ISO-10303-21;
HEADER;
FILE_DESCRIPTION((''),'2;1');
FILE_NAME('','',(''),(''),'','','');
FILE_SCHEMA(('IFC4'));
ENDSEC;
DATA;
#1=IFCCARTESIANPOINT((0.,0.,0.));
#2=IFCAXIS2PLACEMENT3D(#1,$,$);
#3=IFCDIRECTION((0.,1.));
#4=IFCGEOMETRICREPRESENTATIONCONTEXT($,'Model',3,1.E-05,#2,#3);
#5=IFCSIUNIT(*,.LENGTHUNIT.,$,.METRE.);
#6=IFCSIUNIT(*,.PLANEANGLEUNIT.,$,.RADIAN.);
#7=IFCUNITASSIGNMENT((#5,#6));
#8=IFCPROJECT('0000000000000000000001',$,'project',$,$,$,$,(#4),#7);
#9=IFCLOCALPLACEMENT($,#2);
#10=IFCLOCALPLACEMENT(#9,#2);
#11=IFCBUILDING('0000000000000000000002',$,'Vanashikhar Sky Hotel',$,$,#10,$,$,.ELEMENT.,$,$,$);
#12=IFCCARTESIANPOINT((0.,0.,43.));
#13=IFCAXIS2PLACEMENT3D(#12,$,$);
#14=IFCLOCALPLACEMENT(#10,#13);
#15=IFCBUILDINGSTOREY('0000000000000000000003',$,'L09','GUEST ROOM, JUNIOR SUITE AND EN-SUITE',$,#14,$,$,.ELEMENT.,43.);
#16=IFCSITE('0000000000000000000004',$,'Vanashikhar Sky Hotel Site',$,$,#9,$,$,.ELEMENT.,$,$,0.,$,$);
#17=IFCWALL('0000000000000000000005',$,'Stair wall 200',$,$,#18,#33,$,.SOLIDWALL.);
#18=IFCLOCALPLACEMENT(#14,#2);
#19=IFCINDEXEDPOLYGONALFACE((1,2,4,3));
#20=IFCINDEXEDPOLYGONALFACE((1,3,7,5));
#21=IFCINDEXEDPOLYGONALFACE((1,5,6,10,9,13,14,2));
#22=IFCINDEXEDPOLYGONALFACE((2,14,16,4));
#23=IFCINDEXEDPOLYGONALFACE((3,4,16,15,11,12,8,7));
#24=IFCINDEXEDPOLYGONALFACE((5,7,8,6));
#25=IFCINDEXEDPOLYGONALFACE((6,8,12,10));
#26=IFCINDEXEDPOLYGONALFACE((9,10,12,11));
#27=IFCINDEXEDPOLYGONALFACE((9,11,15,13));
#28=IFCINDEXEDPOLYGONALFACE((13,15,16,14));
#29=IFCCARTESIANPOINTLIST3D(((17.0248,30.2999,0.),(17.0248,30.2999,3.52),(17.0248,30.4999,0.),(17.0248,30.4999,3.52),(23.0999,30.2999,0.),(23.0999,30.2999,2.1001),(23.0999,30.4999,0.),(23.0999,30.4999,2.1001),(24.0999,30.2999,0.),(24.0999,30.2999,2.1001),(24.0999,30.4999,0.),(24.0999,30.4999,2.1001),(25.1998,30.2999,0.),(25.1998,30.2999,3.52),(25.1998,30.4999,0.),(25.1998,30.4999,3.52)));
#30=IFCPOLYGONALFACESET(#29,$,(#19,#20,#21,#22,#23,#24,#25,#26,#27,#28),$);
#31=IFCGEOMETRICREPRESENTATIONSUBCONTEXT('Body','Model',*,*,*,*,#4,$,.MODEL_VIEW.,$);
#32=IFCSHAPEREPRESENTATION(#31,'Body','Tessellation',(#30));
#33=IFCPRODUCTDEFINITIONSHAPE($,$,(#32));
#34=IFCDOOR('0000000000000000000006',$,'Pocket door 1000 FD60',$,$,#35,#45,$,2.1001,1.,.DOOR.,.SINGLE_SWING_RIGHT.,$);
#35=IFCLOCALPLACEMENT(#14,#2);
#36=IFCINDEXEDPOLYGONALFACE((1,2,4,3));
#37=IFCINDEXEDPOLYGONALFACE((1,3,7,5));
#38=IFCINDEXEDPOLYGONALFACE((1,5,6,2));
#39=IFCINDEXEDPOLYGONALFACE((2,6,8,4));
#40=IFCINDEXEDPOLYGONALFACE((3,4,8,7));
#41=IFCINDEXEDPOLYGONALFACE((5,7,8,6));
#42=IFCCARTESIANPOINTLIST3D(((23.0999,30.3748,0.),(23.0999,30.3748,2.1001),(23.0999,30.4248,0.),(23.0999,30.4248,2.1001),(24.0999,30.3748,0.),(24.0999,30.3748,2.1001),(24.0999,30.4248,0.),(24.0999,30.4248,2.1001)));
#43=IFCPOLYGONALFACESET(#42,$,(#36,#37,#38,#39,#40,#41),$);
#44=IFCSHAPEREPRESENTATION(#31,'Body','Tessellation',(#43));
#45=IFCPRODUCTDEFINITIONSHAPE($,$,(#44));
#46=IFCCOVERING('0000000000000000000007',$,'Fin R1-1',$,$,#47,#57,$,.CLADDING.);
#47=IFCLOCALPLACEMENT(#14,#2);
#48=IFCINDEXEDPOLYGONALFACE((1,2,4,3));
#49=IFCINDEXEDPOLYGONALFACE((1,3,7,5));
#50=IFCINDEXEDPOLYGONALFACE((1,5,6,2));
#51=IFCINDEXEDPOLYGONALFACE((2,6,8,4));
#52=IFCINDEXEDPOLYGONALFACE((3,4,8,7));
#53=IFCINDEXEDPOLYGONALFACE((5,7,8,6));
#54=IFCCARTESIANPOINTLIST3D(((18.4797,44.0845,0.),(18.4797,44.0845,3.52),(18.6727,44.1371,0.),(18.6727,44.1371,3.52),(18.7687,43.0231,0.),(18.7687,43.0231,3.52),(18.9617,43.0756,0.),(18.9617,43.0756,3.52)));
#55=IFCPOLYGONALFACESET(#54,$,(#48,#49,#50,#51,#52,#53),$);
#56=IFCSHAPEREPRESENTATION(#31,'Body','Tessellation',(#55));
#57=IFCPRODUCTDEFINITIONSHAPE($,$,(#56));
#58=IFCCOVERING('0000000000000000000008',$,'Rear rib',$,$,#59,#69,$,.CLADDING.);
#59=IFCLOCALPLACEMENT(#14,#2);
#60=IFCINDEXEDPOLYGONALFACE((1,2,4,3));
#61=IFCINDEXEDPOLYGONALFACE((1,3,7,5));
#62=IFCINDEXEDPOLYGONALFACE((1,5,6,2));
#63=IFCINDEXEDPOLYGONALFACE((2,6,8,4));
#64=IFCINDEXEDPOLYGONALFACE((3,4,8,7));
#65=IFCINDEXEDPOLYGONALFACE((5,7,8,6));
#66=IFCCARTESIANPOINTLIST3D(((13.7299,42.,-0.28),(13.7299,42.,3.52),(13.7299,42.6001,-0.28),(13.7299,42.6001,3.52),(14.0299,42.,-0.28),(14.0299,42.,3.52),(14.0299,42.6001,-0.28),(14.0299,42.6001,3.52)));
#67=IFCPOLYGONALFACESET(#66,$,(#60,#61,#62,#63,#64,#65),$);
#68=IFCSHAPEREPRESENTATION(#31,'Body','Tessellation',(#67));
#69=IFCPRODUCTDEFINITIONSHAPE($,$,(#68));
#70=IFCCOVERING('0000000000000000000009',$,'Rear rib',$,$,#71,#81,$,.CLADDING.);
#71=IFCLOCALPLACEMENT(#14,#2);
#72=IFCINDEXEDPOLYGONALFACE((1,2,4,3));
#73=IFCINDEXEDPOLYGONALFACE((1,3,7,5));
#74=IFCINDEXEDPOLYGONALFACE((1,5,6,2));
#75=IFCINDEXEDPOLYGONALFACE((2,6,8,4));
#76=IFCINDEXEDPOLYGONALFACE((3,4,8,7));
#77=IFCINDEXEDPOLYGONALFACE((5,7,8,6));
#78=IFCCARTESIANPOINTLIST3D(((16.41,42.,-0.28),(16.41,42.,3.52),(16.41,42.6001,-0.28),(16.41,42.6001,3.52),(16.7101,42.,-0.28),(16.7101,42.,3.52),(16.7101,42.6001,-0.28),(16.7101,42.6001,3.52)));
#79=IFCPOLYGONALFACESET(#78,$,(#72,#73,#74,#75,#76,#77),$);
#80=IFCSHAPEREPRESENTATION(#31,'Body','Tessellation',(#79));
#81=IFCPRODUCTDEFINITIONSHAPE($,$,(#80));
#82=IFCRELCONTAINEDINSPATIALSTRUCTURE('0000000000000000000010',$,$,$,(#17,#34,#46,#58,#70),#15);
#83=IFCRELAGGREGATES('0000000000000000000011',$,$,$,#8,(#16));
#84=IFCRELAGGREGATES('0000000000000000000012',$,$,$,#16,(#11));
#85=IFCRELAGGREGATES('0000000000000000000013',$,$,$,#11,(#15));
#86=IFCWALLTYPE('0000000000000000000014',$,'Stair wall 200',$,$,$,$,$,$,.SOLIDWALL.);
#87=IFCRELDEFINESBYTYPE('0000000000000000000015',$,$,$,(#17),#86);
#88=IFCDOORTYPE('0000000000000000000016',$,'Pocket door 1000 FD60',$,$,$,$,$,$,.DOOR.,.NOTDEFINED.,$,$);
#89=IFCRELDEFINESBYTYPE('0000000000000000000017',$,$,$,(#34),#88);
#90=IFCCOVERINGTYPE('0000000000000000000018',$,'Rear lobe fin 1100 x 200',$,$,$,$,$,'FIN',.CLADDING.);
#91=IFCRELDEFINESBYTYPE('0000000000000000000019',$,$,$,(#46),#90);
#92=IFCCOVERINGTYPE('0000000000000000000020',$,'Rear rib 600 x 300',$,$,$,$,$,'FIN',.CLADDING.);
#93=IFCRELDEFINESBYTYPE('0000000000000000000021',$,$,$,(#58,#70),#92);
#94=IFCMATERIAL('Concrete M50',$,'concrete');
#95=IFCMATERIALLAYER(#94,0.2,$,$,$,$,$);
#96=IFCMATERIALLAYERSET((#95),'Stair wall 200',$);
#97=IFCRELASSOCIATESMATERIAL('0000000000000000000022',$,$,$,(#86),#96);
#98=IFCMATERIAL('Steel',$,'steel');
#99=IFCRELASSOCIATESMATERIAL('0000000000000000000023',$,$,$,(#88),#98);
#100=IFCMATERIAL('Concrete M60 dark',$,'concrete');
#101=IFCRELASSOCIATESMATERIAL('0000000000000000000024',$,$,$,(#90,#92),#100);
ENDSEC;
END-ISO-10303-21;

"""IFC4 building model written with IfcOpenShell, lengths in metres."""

from ifc_helpers import new_model, si_unit, direction, frame, frame_2d, origin, origin_2d, place, context, subcontext, project, spatial, rectangle, extrude, source, transform, mapped, material, layer, layer_set, material_profile, profile_set, type_object, element, fill, save


model = new_model("IFC4")

# Units and contexts
model_context = context("Model", 3, precision=1e-05, world=origin(), true_north=direction((0.0, 1.0)))
body_context = subcontext(model_context, "Body", "Model", "MODEL_VIEW")
ifc_project = project(units=[si_unit("LENGTHUNIT", "METRE"), si_unit("PLANEANGLEUNIT", "RADIAN")], contexts=[model_context])

# Site, building, storey
site_placement = place(None, origin())
site = spatial("IfcSite", under=ifc_project, at=site_placement, Name="Vanashikhar Sky Hotel Site", CompositionType="ELEMENT", RefElevation=0.0)
building_placement = place(site_placement, origin())
building = spatial("IfcBuilding", under=site, at=building_placement, Name="Vanashikhar Sky Hotel", CompositionType="ELEMENT")
storey_placement = place(building_placement, frame((0.0, 0.0, 43.0)))
storey = spatial("IfcBuildingStorey", under=building, at=storey_placement, Name="L09", Description="GUEST ROOM, JUNIOR SUITE AND EN-SUITE", CompositionType="ELEMENT", Elevation=43.0)

# Shared definitions
ifc_material_1 = material(Name="Concrete M50", Category="concrete")

# Wall, opening, door
ifc_layer_1 = layer(ifc_material_1, 0.2)
ifc_layer_set_1 = layer_set([ifc_layer_1], Name="Stair wall 200")
wall_type_1 = type_object("IfcWallType", Name="Stair wall 200", PredefinedType="SOLIDWALL", material=ifc_layer_set_1)
shared_shape_1 = source(origin(), body_context, "Body", "SweptSolid", [
    extrude(rectangle(XDim=8.175, YDim=0.2, at=frame_2d((4.0874, 0.0))), origin(), (0.0, 0.0, 1.0), 3.52),
])
wall_1_placement = place(storey_placement, frame((17.0249, 30.3999, 0.0), z_axis=(0.0, 0.0, 1.0), x_axis=(1.0, 0.0, 0.0)))
wall_1 = element("IfcWall", 1, at=wall_1_placement, inside=storey, type_object=wall_type_1, Name="Stair wall 200", PredefinedType="SOLIDWALL", context=body_context, shape_type="MappedRepresentation", body=[
    mapped(shared_shape_1, transform((0.0, 0.0, 0.0), scale=1.0)),
])
shared_shape_2 = source(origin(), body_context, "Body", "SweptSolid", [
    extrude(rectangle(XDim=1.0, YDim=2.1001, at=frame_2d((0.5, 1.05))), frame((0.0, 0.1099, 0.0), z_axis=(0.0, -1.0, 0.0), x_axis=(1.0, 0.0, 0.0)), (0.0, 0.0, 1.0), 0.22),
])
opening_1_placement = place(wall_1_placement, frame((6.075, 0.0, 0.0)))
opening_1 = element("IfcOpeningElement", 2, at=opening_1_placement, cuts=wall_1, PredefinedType="OPENING", context=body_context, shape_type="MappedRepresentation", body=[
    mapped(shared_shape_2, transform((0.0, 0.0, 0.0), scale=1.0)),
])
ifc_material_2 = material(Name="Steel", Category="steel")
door_type = type_object("IfcDoorType", Name="Pocket door 1000 FD60", OperationType="NOTDEFINED", PredefinedType="DOOR", material=ifc_material_2)
shared_shape_3 = source(origin(), body_context, "Body", "SweptSolid", [
    extrude(rectangle(XDim=1.0, YDim=2.1001, at=frame_2d((0.5, 1.05))), frame((0.0, 0.0249, 0.0), z_axis=(0.0, -1.0, 0.0), x_axis=(1.0, 0.0, 0.0)), (0.0, 0.0, 1.0), 0.05),
])
door_placement = place(opening_1_placement, origin())
door = element("IfcDoor", 3, at=door_placement, inside=storey, type_object=door_type, Name="Pocket door 1000 FD60", OperationType="SINGLE_SWING_RIGHT", OverallHeight=2.1001, OverallWidth=1.0, PredefinedType="DOOR", context=body_context, shape_type="MappedRepresentation", body=[
    mapped(shared_shape_3, transform((0.0, 0.0, 0.0), scale=1.0)),
])
fill(opening_1, door)

# Coverings
ifc_material_3 = material(Name="Concrete M60 dark", Category="concrete")
ifc_material_profile_1 = material_profile(ifc_material_3, rectangle(XDim=1.1001, YDim=0.2, at=origin_2d()))
ifc_profile_set_1 = profile_set([ifc_material_profile_1], Name="Rear lobe fin 1100 x 200")
covering_type_1 = type_object("IfcCoveringType", Name="Rear lobe fin 1100 x 200", ElementType="FIN", PredefinedType="CLADDING", material=ifc_profile_set_1)
shared_shape_4 = source(origin(), body_context, "Body", "SweptSolid", [
    extrude(rectangle(XDim=1.1001, YDim=0.2, at=origin_2d()), origin(), (0.0, 0.0, 1.0), 3.52),
])
covering_placement = place(storey_placement, frame((18.7207, 43.5801, 0.0), z_axis=(0.0, 0.0, 1.0), x_axis=(-0.262711, 0.964874, 0.0)))
element("IfcCovering", 4, at=covering_placement, inside=storey, type_object=covering_type_1, Name="Fin R1-1", PredefinedType="CLADDING", context=body_context, shape_type="MappedRepresentation", body=[
    mapped(shared_shape_4, transform((0.0, 0.0, 0.0), scale=1.0)),
])
ifc_material_profile_2 = material_profile(ifc_material_3, rectangle(XDim=0.6001, YDim=0.3, at=origin_2d()))
ifc_profile_set_2 = profile_set([ifc_material_profile_2], Name="Rear rib 600 x 300")
covering_type_2 = type_object("IfcCoveringType", Name="Rear rib 600 x 300", ElementType="FIN", PredefinedType="CLADDING", material=ifc_profile_set_2)
shared_shape_5 = source(origin(), body_context, "Body", "SweptSolid", [
    extrude(rectangle(XDim=0.6001, YDim=0.3, at=origin_2d()), origin(), (0.0, 0.0, 1.0), 3.8),
])
for number, where, z_axis, x_axis, name in (
    (5, (13.8799, 42.3, -0.28), (0.0, 0.0, 1.0), (0.0, 1.0, 0.0), "Rear rib"),
    (6, (16.5601, 42.3, -0.28), (0.0, 0.0, 1.0), (0.0, 1.0, 0.0), "Rear rib"),
):
    element("IfcCovering", number, at=place(storey_placement, frame(where, z_axis=z_axis, x_axis=x_axis)), inside=storey, type_object=covering_type_2, Name=name, PredefinedType="CLADDING", context=body_context, shape_type="MappedRepresentation", body=[
        mapped(shared_shape_5, transform((0.0, 0.0, 0.0), scale=1.0)),
    ])

save(model, "model.ifc")
